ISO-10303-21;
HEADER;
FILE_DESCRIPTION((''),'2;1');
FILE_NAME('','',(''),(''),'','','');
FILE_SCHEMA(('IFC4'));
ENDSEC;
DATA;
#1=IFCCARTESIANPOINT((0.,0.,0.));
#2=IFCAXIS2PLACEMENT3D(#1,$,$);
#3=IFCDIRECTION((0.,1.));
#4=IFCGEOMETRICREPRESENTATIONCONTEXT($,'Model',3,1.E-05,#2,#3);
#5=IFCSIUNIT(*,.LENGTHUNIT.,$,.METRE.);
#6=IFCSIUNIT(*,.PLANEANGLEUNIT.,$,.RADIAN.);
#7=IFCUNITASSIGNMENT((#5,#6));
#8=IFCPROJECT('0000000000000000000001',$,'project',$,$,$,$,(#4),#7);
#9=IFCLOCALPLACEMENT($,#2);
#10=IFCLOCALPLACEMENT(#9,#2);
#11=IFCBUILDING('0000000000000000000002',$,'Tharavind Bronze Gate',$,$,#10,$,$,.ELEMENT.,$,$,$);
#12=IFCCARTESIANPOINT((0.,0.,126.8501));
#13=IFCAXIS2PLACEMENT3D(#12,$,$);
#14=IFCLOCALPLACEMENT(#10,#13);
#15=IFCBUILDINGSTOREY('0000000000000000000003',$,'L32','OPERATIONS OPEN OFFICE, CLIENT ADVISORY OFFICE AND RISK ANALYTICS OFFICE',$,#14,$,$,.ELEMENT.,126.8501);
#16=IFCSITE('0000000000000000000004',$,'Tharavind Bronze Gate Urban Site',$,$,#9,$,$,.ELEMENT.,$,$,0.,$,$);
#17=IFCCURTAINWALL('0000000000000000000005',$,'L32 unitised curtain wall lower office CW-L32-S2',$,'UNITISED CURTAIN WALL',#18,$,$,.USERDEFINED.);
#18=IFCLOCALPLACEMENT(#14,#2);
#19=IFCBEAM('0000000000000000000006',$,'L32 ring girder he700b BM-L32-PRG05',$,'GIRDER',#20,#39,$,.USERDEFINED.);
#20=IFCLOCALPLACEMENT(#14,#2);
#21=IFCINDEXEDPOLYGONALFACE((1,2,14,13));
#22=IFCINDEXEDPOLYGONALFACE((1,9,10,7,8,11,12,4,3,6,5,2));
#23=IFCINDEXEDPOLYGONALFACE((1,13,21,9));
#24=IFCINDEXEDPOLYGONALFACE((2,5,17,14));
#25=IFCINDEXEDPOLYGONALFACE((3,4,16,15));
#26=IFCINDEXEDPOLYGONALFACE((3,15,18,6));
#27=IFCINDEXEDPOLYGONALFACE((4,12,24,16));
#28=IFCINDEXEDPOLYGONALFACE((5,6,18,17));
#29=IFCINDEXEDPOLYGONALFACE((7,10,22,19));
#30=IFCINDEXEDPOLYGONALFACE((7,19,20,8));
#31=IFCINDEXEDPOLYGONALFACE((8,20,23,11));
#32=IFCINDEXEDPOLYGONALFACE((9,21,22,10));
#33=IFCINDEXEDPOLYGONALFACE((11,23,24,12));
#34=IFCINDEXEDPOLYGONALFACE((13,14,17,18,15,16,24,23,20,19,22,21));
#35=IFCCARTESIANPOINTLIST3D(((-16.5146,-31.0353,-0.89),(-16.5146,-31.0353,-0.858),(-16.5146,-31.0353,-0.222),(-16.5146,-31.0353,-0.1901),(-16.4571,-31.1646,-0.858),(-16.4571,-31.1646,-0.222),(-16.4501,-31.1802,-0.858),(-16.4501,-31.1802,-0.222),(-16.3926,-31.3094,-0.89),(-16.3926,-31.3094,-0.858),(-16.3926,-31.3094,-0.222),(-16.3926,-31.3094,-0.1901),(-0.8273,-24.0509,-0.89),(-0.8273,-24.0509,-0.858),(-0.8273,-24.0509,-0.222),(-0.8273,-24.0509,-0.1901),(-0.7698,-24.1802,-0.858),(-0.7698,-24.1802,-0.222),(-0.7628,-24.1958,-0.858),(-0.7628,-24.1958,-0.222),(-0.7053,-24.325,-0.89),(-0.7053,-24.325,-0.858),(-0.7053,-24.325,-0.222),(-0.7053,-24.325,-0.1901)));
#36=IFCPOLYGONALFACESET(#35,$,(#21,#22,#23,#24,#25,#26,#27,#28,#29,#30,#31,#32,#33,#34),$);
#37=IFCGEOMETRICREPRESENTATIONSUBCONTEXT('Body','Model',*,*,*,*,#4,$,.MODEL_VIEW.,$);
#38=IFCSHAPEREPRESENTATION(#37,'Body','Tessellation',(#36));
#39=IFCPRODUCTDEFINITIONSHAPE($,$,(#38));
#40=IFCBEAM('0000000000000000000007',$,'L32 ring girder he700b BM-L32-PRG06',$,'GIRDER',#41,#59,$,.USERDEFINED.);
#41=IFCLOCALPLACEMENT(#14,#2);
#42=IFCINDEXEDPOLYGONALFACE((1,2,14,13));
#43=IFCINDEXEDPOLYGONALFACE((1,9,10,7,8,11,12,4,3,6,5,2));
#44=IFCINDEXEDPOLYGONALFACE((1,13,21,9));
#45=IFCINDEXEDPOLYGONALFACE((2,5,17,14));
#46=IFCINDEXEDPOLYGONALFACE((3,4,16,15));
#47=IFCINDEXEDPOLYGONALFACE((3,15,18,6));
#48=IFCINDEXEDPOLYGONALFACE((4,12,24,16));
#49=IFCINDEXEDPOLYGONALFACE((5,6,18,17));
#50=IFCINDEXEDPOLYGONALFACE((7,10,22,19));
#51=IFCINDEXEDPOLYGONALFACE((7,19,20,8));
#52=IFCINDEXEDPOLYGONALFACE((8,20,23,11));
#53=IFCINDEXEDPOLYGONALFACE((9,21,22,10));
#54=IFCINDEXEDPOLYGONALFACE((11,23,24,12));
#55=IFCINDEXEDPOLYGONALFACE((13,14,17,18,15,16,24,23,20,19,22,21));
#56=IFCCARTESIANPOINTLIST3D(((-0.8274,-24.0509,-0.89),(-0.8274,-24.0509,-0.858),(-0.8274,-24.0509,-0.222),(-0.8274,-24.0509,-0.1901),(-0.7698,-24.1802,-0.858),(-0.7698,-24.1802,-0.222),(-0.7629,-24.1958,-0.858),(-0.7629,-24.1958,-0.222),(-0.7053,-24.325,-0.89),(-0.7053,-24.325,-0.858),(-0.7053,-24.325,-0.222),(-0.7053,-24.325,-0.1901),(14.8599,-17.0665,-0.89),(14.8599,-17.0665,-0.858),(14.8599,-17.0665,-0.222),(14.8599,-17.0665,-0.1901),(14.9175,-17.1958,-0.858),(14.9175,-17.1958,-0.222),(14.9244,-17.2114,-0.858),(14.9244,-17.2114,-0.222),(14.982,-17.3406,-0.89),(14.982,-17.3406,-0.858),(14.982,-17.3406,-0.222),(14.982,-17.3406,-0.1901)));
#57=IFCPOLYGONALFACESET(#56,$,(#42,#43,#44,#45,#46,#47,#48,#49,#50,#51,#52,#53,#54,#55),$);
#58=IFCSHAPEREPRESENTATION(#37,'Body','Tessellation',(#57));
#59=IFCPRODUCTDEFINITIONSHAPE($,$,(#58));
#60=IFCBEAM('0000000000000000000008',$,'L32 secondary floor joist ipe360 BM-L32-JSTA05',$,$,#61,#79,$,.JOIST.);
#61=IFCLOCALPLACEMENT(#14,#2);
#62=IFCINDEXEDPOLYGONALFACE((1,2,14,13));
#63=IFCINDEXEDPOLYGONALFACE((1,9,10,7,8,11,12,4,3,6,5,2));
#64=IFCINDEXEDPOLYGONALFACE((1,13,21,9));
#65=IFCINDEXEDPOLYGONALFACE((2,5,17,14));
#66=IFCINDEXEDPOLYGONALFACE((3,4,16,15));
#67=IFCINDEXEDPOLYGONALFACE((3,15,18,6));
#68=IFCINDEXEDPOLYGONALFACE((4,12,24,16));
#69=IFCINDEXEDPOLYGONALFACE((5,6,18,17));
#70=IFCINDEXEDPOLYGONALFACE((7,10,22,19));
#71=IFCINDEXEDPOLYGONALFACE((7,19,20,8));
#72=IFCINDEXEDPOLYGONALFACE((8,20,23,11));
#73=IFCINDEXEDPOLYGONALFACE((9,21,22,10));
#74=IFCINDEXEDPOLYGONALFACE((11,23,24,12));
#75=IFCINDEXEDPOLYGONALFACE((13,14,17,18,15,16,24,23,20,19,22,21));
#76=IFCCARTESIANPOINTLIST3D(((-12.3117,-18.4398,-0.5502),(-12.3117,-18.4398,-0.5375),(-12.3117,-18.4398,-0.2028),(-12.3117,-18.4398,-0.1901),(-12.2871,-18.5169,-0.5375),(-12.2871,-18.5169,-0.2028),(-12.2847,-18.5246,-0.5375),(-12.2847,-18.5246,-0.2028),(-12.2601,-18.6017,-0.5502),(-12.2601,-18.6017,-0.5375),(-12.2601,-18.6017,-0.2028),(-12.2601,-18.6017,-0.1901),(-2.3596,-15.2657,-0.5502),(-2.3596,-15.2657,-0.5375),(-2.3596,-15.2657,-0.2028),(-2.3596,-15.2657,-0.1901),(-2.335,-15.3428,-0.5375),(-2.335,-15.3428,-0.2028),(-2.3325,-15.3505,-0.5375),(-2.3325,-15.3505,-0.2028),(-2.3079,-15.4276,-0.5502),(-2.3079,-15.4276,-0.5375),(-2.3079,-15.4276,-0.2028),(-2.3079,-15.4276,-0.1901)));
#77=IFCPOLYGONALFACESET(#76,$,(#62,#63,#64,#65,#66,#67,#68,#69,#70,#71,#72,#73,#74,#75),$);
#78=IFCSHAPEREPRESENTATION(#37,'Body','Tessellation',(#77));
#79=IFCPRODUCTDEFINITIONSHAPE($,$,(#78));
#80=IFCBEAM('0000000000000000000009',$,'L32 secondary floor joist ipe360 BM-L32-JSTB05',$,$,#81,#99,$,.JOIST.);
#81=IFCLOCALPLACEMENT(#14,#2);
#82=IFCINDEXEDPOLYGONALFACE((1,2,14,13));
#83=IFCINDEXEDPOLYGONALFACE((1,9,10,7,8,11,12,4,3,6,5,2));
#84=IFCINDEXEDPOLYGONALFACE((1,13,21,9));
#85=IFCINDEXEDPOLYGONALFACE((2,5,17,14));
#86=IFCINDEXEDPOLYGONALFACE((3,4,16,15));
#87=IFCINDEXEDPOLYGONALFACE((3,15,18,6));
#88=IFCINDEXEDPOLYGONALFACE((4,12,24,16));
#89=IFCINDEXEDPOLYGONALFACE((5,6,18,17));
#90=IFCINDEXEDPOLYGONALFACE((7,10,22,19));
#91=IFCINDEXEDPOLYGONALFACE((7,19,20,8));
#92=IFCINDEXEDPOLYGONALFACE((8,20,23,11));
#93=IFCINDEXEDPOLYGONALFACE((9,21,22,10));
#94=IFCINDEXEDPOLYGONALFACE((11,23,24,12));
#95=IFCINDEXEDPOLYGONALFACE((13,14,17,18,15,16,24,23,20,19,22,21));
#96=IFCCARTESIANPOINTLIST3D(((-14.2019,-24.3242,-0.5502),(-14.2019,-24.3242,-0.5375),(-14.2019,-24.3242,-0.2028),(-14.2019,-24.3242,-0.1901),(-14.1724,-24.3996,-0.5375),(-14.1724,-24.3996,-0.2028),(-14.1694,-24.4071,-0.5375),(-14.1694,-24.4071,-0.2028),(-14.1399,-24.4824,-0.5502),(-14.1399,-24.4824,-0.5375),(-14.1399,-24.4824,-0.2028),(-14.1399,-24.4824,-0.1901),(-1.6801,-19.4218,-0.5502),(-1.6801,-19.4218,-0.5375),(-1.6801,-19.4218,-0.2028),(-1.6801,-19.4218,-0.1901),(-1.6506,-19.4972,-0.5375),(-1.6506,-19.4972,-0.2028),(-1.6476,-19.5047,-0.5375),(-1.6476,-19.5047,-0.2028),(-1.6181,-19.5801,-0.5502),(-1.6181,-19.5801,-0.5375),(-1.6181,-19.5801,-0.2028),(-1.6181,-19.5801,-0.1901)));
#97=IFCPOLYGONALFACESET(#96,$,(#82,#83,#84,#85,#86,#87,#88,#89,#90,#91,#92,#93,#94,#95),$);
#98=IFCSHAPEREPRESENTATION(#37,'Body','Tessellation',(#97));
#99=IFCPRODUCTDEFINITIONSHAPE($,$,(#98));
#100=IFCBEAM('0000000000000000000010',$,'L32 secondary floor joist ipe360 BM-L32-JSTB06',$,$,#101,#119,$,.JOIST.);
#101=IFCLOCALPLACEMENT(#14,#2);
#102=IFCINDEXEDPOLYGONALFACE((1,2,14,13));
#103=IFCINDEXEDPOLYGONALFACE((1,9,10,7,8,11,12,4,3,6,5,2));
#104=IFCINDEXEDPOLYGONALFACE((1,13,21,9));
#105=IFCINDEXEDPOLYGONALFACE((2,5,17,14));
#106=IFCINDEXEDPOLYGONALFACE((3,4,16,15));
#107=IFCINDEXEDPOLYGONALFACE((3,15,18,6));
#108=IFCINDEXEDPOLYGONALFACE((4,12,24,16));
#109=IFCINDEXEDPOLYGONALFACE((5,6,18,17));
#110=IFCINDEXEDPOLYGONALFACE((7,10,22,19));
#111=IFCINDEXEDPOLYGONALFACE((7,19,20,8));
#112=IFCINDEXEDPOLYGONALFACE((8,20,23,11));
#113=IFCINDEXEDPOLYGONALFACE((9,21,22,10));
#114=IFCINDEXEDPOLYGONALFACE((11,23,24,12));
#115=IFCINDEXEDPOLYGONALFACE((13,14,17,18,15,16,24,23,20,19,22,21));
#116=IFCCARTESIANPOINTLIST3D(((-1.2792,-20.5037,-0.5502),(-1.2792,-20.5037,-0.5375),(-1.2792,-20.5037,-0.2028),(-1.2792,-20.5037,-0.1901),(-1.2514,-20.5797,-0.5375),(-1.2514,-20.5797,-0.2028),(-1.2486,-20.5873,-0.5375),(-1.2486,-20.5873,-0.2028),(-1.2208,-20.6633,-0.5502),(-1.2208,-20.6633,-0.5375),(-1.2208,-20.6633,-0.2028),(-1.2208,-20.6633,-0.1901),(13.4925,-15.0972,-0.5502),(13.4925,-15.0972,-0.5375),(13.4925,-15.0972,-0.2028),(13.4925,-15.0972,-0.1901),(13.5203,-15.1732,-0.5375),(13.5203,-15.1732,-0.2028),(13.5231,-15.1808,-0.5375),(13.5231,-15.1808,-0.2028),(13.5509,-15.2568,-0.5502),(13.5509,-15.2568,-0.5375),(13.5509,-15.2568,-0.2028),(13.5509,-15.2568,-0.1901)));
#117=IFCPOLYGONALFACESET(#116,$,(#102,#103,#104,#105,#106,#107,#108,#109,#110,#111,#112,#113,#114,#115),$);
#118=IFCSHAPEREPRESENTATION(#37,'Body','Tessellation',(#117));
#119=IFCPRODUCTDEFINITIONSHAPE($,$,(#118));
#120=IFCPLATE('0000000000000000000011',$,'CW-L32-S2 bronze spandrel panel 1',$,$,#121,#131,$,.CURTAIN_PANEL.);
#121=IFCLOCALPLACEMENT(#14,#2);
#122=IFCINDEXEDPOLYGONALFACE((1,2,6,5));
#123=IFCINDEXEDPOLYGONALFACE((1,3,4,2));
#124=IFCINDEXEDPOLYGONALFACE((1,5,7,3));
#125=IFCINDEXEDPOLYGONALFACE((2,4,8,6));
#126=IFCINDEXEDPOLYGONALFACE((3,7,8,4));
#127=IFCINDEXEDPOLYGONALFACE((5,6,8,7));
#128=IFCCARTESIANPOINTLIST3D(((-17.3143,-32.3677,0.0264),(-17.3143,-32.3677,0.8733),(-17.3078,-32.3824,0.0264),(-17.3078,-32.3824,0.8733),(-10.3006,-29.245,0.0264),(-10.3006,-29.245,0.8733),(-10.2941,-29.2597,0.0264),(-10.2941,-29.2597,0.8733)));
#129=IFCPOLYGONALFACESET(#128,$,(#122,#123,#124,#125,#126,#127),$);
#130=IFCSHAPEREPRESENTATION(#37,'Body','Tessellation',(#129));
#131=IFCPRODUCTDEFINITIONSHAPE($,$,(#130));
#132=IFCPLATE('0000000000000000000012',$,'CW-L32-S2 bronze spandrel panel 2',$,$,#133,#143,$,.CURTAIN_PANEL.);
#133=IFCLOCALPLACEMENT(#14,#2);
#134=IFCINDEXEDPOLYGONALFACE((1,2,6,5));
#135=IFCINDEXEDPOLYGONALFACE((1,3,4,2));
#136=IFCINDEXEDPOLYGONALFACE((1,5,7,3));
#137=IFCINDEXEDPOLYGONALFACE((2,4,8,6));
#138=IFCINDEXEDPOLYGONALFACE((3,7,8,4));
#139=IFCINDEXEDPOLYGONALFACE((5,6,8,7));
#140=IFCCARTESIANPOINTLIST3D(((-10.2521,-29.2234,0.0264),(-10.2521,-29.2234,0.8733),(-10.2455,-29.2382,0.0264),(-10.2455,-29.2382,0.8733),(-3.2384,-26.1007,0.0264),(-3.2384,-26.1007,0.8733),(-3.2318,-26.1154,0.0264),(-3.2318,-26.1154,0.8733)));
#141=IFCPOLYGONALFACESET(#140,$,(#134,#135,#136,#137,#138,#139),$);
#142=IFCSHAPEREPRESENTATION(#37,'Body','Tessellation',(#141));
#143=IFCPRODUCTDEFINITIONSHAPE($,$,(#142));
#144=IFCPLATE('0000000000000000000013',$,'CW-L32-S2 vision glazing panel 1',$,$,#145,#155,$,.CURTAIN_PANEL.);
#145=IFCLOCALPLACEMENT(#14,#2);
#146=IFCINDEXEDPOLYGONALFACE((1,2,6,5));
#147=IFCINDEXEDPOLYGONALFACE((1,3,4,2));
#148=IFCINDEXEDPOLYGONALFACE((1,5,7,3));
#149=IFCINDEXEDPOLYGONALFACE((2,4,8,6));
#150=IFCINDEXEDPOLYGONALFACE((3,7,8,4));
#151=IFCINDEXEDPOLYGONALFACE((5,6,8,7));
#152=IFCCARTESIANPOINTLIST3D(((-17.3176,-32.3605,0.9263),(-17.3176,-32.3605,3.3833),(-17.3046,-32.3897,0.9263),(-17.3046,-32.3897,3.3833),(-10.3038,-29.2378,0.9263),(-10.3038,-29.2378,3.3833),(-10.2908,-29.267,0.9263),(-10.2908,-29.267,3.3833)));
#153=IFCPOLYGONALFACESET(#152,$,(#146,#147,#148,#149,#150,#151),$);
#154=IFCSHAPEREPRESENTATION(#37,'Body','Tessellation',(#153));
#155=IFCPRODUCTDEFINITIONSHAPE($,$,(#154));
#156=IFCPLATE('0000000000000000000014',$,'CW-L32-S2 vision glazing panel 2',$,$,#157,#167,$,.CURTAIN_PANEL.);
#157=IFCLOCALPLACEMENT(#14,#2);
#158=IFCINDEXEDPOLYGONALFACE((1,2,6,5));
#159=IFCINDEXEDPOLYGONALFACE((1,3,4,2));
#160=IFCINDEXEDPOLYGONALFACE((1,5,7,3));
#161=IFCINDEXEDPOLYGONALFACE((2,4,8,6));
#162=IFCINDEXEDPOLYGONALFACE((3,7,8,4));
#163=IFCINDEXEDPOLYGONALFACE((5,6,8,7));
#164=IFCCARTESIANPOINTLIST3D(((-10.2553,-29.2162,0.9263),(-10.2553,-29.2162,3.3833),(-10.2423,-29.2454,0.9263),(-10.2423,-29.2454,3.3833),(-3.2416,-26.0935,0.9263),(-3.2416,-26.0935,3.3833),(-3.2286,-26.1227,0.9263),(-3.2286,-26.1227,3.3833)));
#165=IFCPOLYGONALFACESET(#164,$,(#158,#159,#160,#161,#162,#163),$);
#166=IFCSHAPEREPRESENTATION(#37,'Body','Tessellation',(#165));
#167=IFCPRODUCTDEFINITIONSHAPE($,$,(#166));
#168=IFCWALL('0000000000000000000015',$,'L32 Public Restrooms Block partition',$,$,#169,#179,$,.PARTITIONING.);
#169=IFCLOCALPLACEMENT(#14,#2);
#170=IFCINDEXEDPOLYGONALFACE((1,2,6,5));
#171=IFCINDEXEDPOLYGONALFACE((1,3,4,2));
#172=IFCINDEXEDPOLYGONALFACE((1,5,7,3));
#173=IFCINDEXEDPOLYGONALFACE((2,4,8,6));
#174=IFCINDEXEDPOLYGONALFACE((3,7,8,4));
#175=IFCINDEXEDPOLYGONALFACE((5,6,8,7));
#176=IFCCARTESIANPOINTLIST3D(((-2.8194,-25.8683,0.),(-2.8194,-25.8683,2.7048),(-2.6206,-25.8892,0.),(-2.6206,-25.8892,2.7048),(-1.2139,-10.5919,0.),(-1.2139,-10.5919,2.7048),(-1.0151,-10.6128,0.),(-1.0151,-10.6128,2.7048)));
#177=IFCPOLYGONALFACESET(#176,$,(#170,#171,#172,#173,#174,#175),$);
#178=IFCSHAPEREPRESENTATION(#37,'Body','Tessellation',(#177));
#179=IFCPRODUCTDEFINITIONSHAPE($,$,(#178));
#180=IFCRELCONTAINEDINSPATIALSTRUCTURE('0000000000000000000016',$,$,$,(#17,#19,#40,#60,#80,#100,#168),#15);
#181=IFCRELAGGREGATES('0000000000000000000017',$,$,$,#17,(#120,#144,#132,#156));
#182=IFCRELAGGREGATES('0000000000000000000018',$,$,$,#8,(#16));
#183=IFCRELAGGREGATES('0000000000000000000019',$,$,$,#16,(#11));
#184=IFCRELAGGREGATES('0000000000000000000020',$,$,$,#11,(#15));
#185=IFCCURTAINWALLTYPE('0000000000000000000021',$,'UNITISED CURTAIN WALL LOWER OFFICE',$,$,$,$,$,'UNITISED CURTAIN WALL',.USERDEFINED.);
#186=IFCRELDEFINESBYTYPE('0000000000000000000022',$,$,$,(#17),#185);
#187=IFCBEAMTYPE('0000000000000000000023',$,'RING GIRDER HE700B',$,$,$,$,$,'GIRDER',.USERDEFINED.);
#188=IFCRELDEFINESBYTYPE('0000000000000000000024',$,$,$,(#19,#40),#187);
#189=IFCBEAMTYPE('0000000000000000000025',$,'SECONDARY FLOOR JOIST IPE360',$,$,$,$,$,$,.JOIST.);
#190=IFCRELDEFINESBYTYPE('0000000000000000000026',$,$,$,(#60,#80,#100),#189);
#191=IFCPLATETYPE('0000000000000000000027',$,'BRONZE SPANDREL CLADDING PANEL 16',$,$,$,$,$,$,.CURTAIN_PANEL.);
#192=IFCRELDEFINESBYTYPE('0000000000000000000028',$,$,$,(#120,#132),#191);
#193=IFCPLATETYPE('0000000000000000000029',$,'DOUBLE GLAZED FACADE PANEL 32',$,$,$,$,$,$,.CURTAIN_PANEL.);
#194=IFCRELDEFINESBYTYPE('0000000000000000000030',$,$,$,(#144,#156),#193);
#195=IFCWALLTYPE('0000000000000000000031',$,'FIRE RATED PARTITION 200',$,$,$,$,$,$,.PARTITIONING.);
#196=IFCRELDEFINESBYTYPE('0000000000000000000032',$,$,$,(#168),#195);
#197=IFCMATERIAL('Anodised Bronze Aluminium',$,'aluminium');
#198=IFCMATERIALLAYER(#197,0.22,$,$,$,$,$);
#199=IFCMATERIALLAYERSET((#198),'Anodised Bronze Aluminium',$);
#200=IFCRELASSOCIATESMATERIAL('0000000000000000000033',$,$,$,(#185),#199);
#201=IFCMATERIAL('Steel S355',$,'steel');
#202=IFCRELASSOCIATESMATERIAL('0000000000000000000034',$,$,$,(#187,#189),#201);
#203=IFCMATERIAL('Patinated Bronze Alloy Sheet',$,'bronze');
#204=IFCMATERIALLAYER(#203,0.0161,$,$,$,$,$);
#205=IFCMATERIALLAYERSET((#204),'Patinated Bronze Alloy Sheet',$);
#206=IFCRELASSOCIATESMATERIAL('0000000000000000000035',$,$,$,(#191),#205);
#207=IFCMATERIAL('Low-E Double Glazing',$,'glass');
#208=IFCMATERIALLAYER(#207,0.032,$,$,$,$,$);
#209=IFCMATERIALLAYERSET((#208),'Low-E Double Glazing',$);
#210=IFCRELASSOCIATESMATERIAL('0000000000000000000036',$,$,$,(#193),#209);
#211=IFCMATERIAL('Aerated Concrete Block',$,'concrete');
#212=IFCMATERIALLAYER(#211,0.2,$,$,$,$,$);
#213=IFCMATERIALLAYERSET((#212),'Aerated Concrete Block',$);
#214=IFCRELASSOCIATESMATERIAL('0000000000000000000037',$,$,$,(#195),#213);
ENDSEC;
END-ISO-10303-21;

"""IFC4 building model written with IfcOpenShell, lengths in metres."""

from ifc_helpers import new_model, si_unit, direction, frame, frame_2d, origin, origin_2d, place, context, subcontext, project, spatial, rectangle, i_section, extrude, material, layer, layer_set, material_profile, profile_set, type_object, element, aggregate, save


model = new_model("IFC4")

# Units and contexts
model_context = context("Model", 3, precision=1e-05, world=origin(), true_north=direction((0.0, 1.0)))
body_context = subcontext(model_context, "Body", "Model", "MODEL_VIEW")
ifc_project = project(units=[si_unit("LENGTHUNIT", "METRE"), si_unit("PLANEANGLEUNIT", "RADIAN")], contexts=[model_context])

# Site, building, storey
site_placement = place(None, origin())
site = spatial("IfcSite", under=ifc_project, at=site_placement, Name="Tharavind Bronze Gate Urban Site", CompositionType="ELEMENT", RefElevation=0.0)
building_placement = place(site_placement, origin())
building = spatial("IfcBuilding", under=site, at=building_placement, Name="Tharavind Bronze Gate", CompositionType="ELEMENT")
storey_placement = place(building_placement, frame((0.0, 0.0, 126.8501)))
storey = spatial("IfcBuildingStorey", under=building, at=storey_placement, Name="L32", Description="OPERATIONS OPEN OFFICE, CLIENT ADVISORY OFFICE AND RISK ANALYTICS OFFICE", CompositionType="ELEMENT", Elevation=126.8501)

# Curtain wall
ifc_material_1 = material(Name="Anodised Bronze Aluminium", Category="aluminium")
ifc_layer_1 = layer(ifc_material_1, 0.22)
ifc_layer_set_1 = layer_set([ifc_layer_1], Name="Anodised Bronze Aluminium")
curtain_wall_type = type_object("IfcCurtainWallType", Name="UNITISED CURTAIN WALL LOWER OFFICE", ElementType="UNITISED CURTAIN WALL", PredefinedType="USERDEFINED", material=ifc_layer_set_1)
curtain_wall_placement = place(storey_placement, origin())
curtain_wall = element("IfcCurtainWall", 1, at=curtain_wall_placement, inside=storey, type_object=curtain_wall_type, Name="L32 unitised curtain wall lower office CW-L32-S2", ObjectType="UNITISED CURTAIN WALL", PredefinedType="USERDEFINED")

# Beams
ifc_material_2 = material(Name="Steel S355", Category="steel")
ifc_material_profile_1 = material_profile(ifc_material_2, i_section(OverallWidth=0.3, OverallDepth=0.7, WebThickness=0.0171, FlangeThickness=0.032, at=origin_2d()), Name="HE700B")
ifc_profile_set_1 = profile_set([ifc_material_profile_1], Name="Steel S355")
beam_type_1 = type_object("IfcBeamType", Name="RING GIRDER HE700B", ElementType="GIRDER", PredefinedType="USERDEFINED", material=ifc_profile_set_1)
for number, where, z_axis, x_axis, name in (
    (2, (-16.4536, -31.1724, -0.54), (0.913546, 0.406735, 0.0), (-0.406735, 0.913546, 0.0), "L32 ring girder he700b BM-L32-PRG05"),
    (3, (-0.7664, -24.188, -0.54), (0.913546, 0.406735, 0.0), (-0.406735, 0.913546, 0.0), "L32 ring girder he700b BM-L32-PRG06"),
):
    element("IfcBeam", number, at=place(storey_placement, frame(where, z_axis=z_axis, x_axis=x_axis)), inside=storey, type_object=beam_type_1, Name=name, ObjectType="GIRDER", PredefinedType="USERDEFINED", context=body_context, shape_type="SweptSolid", body=[
        extrude(i_section(OverallWidth=0.3, OverallDepth=0.7, WebThickness=0.0171, FlangeThickness=0.032, at=origin_2d()), origin(), (0.0, 0.0, 1.0), 17.1719),
    ])
ifc_material_profile_2 = material_profile(ifc_material_2, i_section(OverallWidth=0.1699, OverallDepth=0.3601, WebThickness=0.0081, FlangeThickness=0.0127, at=origin_2d()), Name="IPE360")
ifc_profile_set_2 = profile_set([ifc_material_profile_2], Name="Steel S355")
beam_type_2 = type_object("IfcBeamType", Name="SECONDARY FLOOR JOIST IPE360", PredefinedType="JOIST", material=ifc_profile_set_2)
beam_1_placement = place(storey_placement, frame((-12.2859, -18.5208, -0.3701), z_axis=(0.952719, 0.303854, 0.0), x_axis=(-0.303854, 0.952719, 0.0)))
element("IfcBeam", 4, at=beam_1_placement, inside=storey, type_object=beam_type_2, Name="L32 secondary floor joist ipe360 BM-L32-JSTA05", PredefinedType="JOIST", context=body_context, shape_type="SweptSolid", body=[
    extrude(i_section(OverallWidth=0.1699, OverallDepth=0.3601, WebThickness=0.0081, FlangeThickness=0.0127, at=origin_2d()), origin(), (0.0, 0.0, 1.0), 10.446),
])
beam_2_placement = place(storey_placement, frame((-14.1709, -24.4033, -0.3701), z_axis=(0.931179, 0.364563, 0.0), x_axis=(-0.364563, 0.931179, 0.0)))
element("IfcBeam", 5, at=beam_2_placement, inside=storey, type_object=beam_type_2, Name="L32 secondary floor joist ipe360 BM-L32-JSTB05", PredefinedType="JOIST", context=body_context, shape_type="SweptSolid", body=[
    extrude(i_section(OverallWidth=0.1699, OverallDepth=0.3601, WebThickness=0.0081, FlangeThickness=0.0127, at=origin_2d()), origin(), (0.0, 0.0, 1.0), 13.4473),
])
beam_3_placement = place(storey_placement, frame((-1.25, -20.5835, -0.3701), z_axis=(0.939078, 0.343705, 0.0), x_axis=(-0.343705, 0.939078, 0.0)))
element("IfcBeam", 6, at=beam_3_placement, inside=storey, type_object=beam_type_2, Name="L32 secondary floor joist ipe360 BM-L32-JSTB06", PredefinedType="JOIST", context=body_context, shape_type="SweptSolid", body=[
    extrude(i_section(OverallWidth=0.1699, OverallDepth=0.3601, WebThickness=0.0081, FlangeThickness=0.0127, at=origin_2d()), origin(), (0.0, 0.0, 1.0), 15.73),
])

# Plates
ifc_material_3 = material(Name="Patinated Bronze Alloy Sheet", Category="bronze")
ifc_layer_2 = layer(ifc_material_3, 0.0161)
ifc_layer_set_2 = layer_set([ifc_layer_2], Name="Patinated Bronze Alloy Sheet")
plate_type_1 = type_object("IfcPlateType", Name="BRONZE SPANDREL CLADDING PANEL 16", PredefinedType="CURTAIN_PANEL", material=ifc_layer_set_2)
plate_1_placement = place(storey_placement, frame((-13.8042, -30.8137, 0.0264), z_axis=(0.0, 0.0, 1.0), x_axis=(0.913545, 0.406737, 0.0)))
plate_1 = element("IfcPlate", 7, at=plate_1_placement, type_object=plate_type_1, Name="CW-L32-S2 bronze spandrel panel 1", PredefinedType="CURTAIN_PANEL", context=body_context, shape_type="SweptSolid", body=[
    extrude(rectangle(XDim=7.6775, YDim=0.0161, at=origin_2d()), origin(), (0.0, 0.0, 1.0), 0.8469),
])
plate_2_placement = place(storey_placement, frame((-6.7419, -27.6694, 0.0264), z_axis=(0.0, 0.0, 1.0), x_axis=(0.913545, 0.406737, 0.0)))
plate_2 = element("IfcPlate", 8, at=plate_2_placement, type_object=plate_type_1, Name="CW-L32-S2 bronze spandrel panel 2", PredefinedType="CURTAIN_PANEL", context=body_context, shape_type="SweptSolid", body=[
    extrude(rectangle(XDim=7.6775, YDim=0.0161, at=origin_2d()), origin(), (0.0, 0.0, 1.0), 0.8469),
])
ifc_material_4 = material(Name="Low-E Double Glazing", Category="glass")
ifc_layer_3 = layer(ifc_material_4, 0.032)
ifc_layer_set_3 = layer_set([ifc_layer_3], Name="Low-E Double Glazing")
plate_type_2 = type_object("IfcPlateType", Name="DOUBLE GLAZED FACADE PANEL 32", PredefinedType="CURTAIN_PANEL", material=ifc_layer_set_3)
plate_3_placement = place(storey_placement, frame((-13.8042, -30.8137, 0.9263), z_axis=(0.0, 0.0, 1.0), x_axis=(0.913545, 0.406737, 0.0)))
plate_3 = element("IfcPlate", 9, at=plate_3_placement, type_object=plate_type_2, Name="CW-L32-S2 vision glazing panel 1", PredefinedType="CURTAIN_PANEL", context=body_context, shape_type="SweptSolid", body=[
    extrude(rectangle(XDim=7.6775, YDim=0.032, at=origin_2d()), origin(), (0.0, 0.0, 1.0), 2.457),
])
plate_4_placement = place(storey_placement, frame((-6.7419, -27.6694, 0.9263), z_axis=(0.0, 0.0, 1.0), x_axis=(0.913545, 0.406737, 0.0)))
plate_4 = element("IfcPlate", 10, at=plate_4_placement, type_object=plate_type_2, Name="CW-L32-S2 vision glazing panel 2", PredefinedType="CURTAIN_PANEL", context=body_context, shape_type="SweptSolid", body=[
    extrude(rectangle(XDim=7.6775, YDim=0.032, at=origin_2d()), origin(), (0.0, 0.0, 1.0), 2.457),
])
aggregate(curtain_wall, [plate_1, plate_3, plate_2, plate_4])

# Wall
ifc_material_5 = material(Name="Aerated Concrete Block", Category="concrete")
ifc_layer_4 = layer(ifc_material_5, 0.2)
ifc_layer_set_4 = layer_set([ifc_layer_4], Name="Aerated Concrete Block")
wall_type = type_object("IfcWallType", Name="FIRE RATED PARTITION 200", PredefinedType="PARTITIONING", material=ifc_layer_set_4)
wall_placement = place(storey_placement, frame((-2.72, -25.8787, 0.0), z_axis=(0.0, 0.0, 1.0), x_axis=(0.104519, 0.994523, 0.0)))
element("IfcWall", 11, at=wall_placement, inside=storey, type_object=wall_type, Name="L32 Public Restrooms Block partition", PredefinedType="PARTITIONING", context=body_context, shape_type="SweptSolid", body=[
    extrude(rectangle(XDim=15.3606, YDim=0.2, at=frame_2d((7.6802, 0.0))), origin(), (0.0, 0.0, 1.0), 2.7048),
])

save(model, "model.ifc")
